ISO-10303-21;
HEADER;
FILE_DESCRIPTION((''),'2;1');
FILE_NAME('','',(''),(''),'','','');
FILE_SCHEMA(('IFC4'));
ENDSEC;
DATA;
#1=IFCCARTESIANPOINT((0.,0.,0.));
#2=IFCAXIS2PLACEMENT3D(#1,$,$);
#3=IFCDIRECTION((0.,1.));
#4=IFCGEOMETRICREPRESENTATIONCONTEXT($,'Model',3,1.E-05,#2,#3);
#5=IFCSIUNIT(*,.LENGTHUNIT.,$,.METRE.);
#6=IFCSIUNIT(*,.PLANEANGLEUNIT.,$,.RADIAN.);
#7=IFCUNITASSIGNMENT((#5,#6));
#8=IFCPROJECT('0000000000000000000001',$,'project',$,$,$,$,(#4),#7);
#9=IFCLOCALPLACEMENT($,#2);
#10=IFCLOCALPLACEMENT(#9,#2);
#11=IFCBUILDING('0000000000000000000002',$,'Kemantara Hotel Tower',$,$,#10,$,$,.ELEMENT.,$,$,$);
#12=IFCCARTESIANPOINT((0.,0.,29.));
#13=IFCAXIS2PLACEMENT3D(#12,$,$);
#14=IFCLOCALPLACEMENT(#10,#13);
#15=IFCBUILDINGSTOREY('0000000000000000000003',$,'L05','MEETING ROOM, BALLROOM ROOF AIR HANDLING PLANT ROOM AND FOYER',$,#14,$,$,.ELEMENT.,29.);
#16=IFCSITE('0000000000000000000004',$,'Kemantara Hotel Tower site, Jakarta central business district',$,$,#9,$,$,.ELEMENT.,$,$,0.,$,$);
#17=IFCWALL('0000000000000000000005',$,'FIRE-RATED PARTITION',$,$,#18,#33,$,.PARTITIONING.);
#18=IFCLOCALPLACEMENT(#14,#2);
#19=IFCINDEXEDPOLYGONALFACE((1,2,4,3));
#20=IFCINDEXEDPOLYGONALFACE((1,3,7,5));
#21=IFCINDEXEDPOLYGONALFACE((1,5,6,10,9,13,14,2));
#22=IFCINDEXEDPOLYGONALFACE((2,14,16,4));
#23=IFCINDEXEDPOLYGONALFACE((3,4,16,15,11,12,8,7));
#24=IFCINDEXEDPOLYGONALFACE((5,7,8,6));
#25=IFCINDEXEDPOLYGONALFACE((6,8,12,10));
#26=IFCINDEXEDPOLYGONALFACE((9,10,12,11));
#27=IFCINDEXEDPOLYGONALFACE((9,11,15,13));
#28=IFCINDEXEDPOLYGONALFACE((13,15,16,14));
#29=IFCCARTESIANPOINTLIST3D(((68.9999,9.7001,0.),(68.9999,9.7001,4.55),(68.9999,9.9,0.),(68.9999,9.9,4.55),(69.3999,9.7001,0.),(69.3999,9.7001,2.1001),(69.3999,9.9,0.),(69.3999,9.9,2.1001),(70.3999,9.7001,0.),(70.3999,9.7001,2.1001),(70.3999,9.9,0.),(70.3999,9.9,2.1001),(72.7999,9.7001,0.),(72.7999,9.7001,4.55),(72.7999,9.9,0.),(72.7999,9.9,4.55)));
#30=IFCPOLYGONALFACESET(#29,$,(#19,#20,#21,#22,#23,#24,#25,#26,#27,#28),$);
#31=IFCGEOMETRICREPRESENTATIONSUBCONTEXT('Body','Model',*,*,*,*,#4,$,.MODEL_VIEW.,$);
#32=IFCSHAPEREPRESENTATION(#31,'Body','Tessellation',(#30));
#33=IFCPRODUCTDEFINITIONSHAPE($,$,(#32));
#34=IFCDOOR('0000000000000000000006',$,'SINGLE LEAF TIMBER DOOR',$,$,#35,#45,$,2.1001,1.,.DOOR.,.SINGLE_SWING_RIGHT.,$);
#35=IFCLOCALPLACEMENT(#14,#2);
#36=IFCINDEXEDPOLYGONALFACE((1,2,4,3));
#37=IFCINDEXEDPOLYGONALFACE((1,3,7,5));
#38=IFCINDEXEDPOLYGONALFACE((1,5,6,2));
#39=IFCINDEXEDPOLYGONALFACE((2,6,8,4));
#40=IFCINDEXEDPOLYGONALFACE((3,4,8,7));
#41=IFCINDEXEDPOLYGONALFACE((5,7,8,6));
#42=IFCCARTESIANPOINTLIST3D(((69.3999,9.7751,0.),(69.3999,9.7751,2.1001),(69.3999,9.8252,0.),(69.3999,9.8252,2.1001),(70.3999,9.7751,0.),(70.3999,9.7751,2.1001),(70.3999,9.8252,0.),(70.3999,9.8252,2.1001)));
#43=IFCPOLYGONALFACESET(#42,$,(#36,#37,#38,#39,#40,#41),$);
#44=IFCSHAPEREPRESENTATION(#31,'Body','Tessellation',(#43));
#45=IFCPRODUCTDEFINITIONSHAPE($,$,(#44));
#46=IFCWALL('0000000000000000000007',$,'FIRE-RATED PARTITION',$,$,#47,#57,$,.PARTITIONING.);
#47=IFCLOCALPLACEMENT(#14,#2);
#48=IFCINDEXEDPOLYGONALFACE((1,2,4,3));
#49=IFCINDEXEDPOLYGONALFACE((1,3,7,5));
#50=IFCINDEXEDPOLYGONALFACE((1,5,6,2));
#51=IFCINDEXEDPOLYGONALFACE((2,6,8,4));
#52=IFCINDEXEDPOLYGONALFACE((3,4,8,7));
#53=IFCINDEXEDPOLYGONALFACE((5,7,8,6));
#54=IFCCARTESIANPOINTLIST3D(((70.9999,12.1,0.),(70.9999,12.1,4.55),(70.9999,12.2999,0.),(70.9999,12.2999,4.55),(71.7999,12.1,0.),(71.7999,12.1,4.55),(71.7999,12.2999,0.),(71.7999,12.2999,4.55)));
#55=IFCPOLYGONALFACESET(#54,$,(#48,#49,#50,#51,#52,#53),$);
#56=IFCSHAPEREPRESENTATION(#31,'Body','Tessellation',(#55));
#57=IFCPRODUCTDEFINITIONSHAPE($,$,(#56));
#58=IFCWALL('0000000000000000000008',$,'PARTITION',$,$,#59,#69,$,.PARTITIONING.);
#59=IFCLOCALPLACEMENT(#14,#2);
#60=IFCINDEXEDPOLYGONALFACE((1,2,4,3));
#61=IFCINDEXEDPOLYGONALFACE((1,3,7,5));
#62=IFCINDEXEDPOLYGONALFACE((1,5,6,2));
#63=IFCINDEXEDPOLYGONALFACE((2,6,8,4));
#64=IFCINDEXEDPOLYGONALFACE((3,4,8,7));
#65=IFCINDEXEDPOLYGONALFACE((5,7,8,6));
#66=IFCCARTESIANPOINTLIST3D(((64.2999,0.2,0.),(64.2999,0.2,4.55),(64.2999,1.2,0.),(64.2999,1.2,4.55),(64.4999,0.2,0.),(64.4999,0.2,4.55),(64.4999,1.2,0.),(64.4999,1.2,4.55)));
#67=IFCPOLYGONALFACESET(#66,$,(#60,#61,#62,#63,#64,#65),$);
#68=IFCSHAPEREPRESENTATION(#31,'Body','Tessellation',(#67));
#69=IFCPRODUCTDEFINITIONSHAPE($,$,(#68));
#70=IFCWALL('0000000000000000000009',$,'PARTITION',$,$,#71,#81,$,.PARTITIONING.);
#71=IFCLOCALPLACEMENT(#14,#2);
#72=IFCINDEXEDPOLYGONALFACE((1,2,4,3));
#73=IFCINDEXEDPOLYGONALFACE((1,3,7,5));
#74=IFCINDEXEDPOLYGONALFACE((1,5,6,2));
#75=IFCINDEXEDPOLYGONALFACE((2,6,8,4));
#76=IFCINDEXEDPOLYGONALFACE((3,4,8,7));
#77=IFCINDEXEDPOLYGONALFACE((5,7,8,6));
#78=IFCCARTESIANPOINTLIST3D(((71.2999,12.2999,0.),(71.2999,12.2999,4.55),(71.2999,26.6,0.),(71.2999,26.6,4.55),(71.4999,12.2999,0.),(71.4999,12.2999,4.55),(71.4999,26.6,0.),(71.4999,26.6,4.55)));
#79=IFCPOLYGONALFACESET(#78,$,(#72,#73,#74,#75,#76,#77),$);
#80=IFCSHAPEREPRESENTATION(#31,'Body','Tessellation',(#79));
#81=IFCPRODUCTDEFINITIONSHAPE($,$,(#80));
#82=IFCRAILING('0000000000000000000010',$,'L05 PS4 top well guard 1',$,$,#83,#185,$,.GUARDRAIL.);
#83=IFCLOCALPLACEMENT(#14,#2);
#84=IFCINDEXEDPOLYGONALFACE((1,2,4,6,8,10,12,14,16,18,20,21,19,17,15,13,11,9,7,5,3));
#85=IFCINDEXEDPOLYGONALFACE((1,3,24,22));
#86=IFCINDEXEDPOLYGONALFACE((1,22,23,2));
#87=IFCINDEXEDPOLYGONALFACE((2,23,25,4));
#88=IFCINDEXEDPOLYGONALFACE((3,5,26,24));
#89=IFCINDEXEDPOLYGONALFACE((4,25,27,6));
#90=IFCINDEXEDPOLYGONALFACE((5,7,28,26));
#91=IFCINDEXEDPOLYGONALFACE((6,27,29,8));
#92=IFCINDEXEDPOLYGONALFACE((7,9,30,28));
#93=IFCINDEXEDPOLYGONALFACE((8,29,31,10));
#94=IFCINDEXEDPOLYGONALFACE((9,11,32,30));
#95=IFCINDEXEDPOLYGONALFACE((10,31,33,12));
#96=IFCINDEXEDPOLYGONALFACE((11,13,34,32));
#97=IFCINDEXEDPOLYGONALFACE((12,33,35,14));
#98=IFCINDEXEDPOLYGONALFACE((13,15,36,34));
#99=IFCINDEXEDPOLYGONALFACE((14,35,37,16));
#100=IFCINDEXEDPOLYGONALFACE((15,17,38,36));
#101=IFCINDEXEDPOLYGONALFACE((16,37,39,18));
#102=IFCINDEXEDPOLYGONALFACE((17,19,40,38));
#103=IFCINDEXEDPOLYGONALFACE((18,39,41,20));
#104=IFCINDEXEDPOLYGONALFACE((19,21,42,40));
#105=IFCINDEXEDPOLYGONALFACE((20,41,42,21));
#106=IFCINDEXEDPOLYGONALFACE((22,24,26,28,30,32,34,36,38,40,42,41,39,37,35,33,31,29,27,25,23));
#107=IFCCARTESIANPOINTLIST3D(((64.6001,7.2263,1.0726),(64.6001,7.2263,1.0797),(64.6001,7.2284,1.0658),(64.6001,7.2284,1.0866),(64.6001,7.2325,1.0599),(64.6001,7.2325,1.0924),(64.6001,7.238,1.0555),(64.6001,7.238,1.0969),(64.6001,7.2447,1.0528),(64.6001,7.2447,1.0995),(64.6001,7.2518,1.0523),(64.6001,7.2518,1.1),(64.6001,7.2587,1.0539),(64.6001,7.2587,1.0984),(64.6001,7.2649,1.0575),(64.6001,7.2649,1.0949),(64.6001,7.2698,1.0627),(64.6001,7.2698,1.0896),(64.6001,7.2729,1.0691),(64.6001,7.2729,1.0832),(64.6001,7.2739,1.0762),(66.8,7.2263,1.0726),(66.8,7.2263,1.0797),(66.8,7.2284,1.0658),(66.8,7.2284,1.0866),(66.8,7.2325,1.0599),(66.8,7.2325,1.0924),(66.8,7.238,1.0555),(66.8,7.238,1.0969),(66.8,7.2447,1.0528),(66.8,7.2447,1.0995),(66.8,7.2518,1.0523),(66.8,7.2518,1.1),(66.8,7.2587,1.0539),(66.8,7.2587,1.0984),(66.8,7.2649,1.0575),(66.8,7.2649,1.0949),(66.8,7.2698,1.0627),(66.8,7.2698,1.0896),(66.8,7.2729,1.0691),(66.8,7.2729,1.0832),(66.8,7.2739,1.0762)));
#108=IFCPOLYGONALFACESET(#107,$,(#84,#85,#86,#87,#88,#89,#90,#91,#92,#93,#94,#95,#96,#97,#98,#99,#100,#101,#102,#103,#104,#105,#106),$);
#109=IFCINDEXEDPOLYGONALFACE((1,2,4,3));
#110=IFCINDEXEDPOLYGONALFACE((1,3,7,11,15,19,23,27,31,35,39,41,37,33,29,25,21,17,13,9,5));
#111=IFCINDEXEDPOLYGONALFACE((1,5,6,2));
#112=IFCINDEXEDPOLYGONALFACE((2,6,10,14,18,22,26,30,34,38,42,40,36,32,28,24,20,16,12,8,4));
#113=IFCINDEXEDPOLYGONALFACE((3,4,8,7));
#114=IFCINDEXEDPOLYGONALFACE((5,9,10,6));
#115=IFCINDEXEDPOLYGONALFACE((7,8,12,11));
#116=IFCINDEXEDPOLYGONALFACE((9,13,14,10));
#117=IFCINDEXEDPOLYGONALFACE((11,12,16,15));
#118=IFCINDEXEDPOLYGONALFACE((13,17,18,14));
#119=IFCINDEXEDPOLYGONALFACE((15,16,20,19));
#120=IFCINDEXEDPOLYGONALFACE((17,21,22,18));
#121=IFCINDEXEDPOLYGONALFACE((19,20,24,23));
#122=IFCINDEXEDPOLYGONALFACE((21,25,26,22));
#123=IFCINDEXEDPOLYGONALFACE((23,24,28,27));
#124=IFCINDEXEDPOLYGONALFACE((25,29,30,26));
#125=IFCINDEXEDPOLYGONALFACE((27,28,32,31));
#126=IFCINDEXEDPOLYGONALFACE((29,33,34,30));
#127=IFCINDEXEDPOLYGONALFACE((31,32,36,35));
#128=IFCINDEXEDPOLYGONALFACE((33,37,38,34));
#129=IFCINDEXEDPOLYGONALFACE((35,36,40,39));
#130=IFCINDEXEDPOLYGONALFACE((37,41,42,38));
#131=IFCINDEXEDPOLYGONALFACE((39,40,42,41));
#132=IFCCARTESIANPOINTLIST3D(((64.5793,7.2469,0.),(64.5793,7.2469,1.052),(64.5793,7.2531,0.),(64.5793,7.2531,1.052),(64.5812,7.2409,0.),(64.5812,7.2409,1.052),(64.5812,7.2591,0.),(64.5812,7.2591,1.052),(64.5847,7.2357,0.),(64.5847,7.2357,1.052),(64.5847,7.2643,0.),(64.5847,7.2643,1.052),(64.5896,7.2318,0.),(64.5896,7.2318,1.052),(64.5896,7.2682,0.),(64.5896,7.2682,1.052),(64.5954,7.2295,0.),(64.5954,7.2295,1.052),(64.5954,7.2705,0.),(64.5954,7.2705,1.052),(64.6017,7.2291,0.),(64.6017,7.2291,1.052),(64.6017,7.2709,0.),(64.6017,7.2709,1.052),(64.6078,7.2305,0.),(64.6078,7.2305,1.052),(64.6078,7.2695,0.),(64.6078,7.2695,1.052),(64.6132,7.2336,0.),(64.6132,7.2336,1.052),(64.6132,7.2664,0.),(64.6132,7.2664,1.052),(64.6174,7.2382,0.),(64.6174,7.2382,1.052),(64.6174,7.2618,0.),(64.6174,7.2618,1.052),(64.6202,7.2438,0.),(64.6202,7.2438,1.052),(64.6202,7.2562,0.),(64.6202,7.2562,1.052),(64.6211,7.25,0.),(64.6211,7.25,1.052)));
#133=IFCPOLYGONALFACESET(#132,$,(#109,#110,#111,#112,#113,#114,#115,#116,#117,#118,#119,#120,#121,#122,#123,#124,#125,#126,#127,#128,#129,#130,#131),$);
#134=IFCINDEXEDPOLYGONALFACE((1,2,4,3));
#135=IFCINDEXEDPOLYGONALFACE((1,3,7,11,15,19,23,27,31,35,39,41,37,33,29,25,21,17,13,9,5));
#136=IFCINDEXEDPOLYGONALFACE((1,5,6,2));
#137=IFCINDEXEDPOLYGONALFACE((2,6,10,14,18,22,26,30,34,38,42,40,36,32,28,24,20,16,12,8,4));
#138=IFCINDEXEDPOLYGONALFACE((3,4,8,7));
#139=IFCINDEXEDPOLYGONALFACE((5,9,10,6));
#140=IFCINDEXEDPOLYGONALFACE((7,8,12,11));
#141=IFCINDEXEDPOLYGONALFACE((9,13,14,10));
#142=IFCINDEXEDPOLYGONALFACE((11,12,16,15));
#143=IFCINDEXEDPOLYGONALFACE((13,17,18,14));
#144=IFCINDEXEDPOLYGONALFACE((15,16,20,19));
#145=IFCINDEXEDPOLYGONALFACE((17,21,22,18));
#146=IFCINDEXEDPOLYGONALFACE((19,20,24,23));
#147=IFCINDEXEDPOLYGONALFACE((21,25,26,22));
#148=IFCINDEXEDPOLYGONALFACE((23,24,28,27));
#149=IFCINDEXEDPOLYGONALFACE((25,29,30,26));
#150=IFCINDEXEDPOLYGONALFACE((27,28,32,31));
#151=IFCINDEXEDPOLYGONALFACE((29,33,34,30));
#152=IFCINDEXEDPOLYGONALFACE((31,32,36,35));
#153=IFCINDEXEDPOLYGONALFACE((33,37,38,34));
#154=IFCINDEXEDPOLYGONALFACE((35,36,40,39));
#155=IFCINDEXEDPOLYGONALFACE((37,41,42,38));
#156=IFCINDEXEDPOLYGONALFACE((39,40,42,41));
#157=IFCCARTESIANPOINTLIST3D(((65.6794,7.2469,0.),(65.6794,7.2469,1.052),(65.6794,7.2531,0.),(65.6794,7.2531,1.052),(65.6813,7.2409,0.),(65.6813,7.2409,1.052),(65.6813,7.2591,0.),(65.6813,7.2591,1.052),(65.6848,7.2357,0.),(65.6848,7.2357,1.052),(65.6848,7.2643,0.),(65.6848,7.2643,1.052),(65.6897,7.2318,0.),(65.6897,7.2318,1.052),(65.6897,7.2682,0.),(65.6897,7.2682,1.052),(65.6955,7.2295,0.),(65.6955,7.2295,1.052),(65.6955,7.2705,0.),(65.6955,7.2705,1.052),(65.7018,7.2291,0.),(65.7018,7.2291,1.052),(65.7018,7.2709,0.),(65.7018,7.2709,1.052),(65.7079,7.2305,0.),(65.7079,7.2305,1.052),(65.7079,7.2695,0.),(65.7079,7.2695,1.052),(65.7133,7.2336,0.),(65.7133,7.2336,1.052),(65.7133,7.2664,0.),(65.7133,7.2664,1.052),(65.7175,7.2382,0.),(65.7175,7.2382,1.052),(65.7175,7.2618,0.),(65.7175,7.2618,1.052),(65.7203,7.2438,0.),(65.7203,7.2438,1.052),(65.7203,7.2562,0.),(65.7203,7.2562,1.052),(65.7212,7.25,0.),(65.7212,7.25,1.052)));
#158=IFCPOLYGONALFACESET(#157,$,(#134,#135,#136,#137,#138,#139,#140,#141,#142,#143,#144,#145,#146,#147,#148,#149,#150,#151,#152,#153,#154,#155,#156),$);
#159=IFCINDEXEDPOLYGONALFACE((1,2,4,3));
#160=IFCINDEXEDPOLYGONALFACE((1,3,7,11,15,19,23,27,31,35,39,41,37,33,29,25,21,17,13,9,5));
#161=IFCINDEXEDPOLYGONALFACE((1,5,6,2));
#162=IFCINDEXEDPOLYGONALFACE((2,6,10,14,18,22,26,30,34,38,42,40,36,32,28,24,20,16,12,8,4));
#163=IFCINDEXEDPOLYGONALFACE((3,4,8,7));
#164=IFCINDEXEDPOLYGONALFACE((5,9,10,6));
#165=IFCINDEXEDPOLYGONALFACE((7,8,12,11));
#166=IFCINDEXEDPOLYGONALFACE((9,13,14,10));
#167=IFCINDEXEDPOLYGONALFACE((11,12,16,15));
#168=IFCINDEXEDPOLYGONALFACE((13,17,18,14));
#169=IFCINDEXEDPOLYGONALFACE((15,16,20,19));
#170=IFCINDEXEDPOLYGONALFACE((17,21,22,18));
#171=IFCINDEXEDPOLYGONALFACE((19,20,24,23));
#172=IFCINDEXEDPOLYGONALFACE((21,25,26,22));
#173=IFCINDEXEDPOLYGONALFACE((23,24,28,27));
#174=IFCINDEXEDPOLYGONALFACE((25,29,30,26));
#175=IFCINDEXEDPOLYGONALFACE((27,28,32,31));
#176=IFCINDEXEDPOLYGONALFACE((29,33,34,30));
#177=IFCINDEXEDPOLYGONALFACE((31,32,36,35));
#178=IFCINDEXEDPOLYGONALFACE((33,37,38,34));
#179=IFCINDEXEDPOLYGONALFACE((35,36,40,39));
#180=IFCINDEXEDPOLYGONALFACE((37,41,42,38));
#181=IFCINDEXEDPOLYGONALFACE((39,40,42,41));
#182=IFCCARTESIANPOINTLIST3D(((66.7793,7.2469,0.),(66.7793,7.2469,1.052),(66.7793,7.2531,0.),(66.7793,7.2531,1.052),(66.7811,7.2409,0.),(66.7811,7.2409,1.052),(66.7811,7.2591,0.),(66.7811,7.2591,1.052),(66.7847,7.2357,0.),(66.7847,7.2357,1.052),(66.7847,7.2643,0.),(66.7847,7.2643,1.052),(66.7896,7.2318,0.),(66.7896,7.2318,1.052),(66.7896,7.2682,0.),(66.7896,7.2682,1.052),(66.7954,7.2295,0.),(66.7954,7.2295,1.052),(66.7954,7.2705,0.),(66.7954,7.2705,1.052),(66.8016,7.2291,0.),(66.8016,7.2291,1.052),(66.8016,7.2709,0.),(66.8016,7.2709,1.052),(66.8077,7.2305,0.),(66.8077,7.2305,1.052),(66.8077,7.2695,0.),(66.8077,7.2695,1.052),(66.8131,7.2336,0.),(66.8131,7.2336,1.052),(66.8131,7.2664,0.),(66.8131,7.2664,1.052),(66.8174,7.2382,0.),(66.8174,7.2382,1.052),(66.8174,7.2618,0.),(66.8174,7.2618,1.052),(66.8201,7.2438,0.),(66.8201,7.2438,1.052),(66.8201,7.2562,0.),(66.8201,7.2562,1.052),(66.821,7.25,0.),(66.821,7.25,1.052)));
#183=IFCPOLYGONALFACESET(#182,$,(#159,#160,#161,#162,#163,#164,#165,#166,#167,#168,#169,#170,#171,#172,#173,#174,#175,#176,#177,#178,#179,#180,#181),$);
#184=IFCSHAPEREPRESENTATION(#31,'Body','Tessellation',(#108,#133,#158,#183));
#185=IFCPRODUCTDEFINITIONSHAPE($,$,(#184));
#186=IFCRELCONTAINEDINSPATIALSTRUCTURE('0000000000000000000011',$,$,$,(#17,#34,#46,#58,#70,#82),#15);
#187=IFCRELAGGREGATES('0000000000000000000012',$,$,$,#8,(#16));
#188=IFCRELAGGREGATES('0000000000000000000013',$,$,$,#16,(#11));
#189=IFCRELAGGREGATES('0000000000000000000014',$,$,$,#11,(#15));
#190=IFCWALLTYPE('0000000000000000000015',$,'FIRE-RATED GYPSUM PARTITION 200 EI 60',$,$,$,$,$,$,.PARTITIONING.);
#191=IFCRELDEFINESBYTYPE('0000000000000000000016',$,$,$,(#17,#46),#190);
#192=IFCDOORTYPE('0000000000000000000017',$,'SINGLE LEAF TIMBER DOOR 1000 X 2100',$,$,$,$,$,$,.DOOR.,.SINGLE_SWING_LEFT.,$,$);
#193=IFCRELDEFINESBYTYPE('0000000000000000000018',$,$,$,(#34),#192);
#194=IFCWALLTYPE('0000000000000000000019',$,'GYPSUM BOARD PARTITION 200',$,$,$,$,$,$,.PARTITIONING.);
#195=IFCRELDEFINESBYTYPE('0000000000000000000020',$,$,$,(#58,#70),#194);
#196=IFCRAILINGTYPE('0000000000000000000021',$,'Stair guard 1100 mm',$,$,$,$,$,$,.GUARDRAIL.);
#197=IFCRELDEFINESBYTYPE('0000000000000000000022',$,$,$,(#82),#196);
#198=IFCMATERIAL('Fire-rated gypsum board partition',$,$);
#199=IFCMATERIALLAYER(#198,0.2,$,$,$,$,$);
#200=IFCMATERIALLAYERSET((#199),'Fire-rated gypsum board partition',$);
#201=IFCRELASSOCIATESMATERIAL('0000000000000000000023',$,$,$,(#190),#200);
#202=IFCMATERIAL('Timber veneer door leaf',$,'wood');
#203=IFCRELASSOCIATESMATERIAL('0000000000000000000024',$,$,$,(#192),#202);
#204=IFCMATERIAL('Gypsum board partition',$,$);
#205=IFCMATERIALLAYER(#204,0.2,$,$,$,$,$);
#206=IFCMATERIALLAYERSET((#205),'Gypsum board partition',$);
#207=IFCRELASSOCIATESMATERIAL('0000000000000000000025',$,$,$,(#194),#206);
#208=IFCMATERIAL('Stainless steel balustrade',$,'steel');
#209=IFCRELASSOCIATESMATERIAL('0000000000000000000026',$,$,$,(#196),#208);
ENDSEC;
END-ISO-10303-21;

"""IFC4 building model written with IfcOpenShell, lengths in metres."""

from ifc_helpers import new_model, si_unit, direction, frame, frame_2d, origin, origin_2d, place, context, subcontext, project, spatial, rectangle, circle, extrude, material, layer, layer_set, type_object, element, fill, save


model = new_model("IFC4")

# Units and contexts
model_context = context("Model", 3, precision=1e-05, world=origin(), true_north=direction((0.0, 1.0)))
body_context = subcontext(model_context, "Body", "Model", "MODEL_VIEW")
ifc_project = project(units=[si_unit("LENGTHUNIT", "METRE"), si_unit("PLANEANGLEUNIT", "RADIAN")], contexts=[model_context])

# Site, building, storey
site_placement = place(None, origin())
site = spatial("IfcSite", under=ifc_project, at=site_placement, Name="Kemantara Hotel Tower site, Jakarta central business district", CompositionType="ELEMENT", RefElevation=0.0)
building_placement = place(site_placement, origin())
building = spatial("IfcBuilding", under=site, at=building_placement, Name="Kemantara Hotel Tower", CompositionType="ELEMENT")
storey_placement = place(building_placement, frame((0.0, 0.0, 29.0)))
storey = spatial("IfcBuildingStorey", under=building, at=storey_placement, Name="L05", Description="MEETING ROOM, BALLROOM ROOF AIR HANDLING PLANT ROOM AND FOYER", CompositionType="ELEMENT", Elevation=29.0)

# Wall, opening, door
ifc_material_1 = material(Name="Fire-rated gypsum board partition")
ifc_layer_1 = layer(ifc_material_1, 0.2)
ifc_layer_set_1 = layer_set([ifc_layer_1], Name="Fire-rated gypsum board partition")
wall_type_1 = type_object("IfcWallType", Name="FIRE-RATED GYPSUM PARTITION 200 EI 60", PredefinedType="PARTITIONING", material=ifc_layer_set_1)
wall_1_placement = place(storey_placement, frame((69.0, 9.8, 0.0), z_axis=(0.0, 0.0, 1.0), x_axis=(1.0, 0.0, 0.0)))
wall_1 = element("IfcWall", 1, at=wall_1_placement, inside=storey, type_object=wall_type_1, Name="FIRE-RATED PARTITION", PredefinedType="PARTITIONING", context=body_context, shape_type="SweptSolid", body=[
    extrude(rectangle(XDim=3.8, YDim=0.2, at=frame_2d((1.8999, 0.0))), origin(), (0.0, 0.0, 1.0), 4.55),
])
opening_1_placement = place(wall_1_placement, frame((0.3999, 0.0, 0.0)))
opening_1 = element("IfcOpeningElement", 2, at=opening_1_placement, cuts=wall_1, PredefinedType="OPENING", context=body_context, shape_type="SweptSolid", body=[
    extrude(rectangle(XDim=1.0, YDim=2.1001, at=frame_2d((0.5, 1.05))), frame((0.0, 0.1099, 0.0), z_axis=(0.0, -1.0, 0.0), x_axis=(1.0, 0.0, 0.0)), (0.0, 0.0, 1.0), 0.22),
])
ifc_material_2 = material(Name="Timber veneer door leaf", Category="wood")
door_type_1 = type_object("IfcDoorType", Name="SINGLE LEAF TIMBER DOOR 1000 X 2100", OperationType="SINGLE_SWING_LEFT", PredefinedType="DOOR", material=ifc_material_2)
door_1_placement = place(opening_1_placement, frame((1.0, 0.0, 0.0), z_axis=(0.0, 0.0, 1.0), x_axis=(-1.0, 0.0, 0.0)))
door_1 = element("IfcDoor", 3, at=door_1_placement, inside=storey, type_object=door_type_1, Name="SINGLE LEAF TIMBER DOOR", OperationType="SINGLE_SWING_RIGHT", OverallHeight=2.1001, OverallWidth=1.0, PredefinedType="DOOR", context=body_context, shape_type="SweptSolid", body=[
    extrude(rectangle(XDim=1.0, YDim=2.1001, at=frame_2d((0.5, 1.05))), frame((0.0, 0.0249, 0.0), z_axis=(0.0, -1.0, 0.0), x_axis=(1.0, 0.0, 0.0)), (0.0, 0.0, 1.0), 0.05),
])
fill(opening_1, door_1)

# Walls
wall_2_placement = place(storey_placement, frame((71.0, 12.2, 0.0), z_axis=(0.0, 0.0, 1.0), x_axis=(1.0, 0.0, 0.0)))
element("IfcWall", 4, at=wall_2_placement, inside=storey, type_object=wall_type_1, Name="FIRE-RATED PARTITION", PredefinedType="PARTITIONING", context=body_context, shape_type="SweptSolid", body=[
    extrude(rectangle(XDim=0.8, YDim=0.2, at=frame_2d((0.3999, 0.0))), origin(), (0.0, 0.0, 1.0), 4.55),
])
ifc_material_3 = material(Name="Gypsum board partition")
ifc_layer_2 = layer(ifc_material_3, 0.2)
ifc_layer_set_2 = layer_set([ifc_layer_2], Name="Gypsum board partition")
wall_type_2 = type_object("IfcWallType", Name="GYPSUM BOARD PARTITION 200", PredefinedType="PARTITIONING", material=ifc_layer_set_2)
wall_3_placement = place(storey_placement, frame((64.3999, 0.2, 0.0), z_axis=(0.0, 0.0, 1.0), x_axis=(0.0, 1.0, 0.0)))
element("IfcWall", 5, at=wall_3_placement, inside=storey, type_object=wall_type_2, Name="PARTITION", PredefinedType="PARTITIONING", context=body_context, shape_type="SweptSolid", body=[
    extrude(rectangle(XDim=1.0, YDim=0.2, at=frame_2d((0.5, 0.0))), origin(), (0.0, 0.0, 1.0), 4.55),
])
wall_4_placement = place(storey_placement, frame((71.3999, 12.3, 0.0), z_axis=(0.0, 0.0, 1.0), x_axis=(0.0, 1.0, 0.0)))
element("IfcWall", 6, at=wall_4_placement, inside=storey, type_object=wall_type_2, Name="PARTITION", PredefinedType="PARTITIONING", context=body_context, shape_type="SweptSolid", body=[
    extrude(rectangle(XDim=14.3, YDim=0.2, at=frame_2d((7.1499, 0.0))), origin(), (0.0, 0.0, 1.0), 4.55),
])

# Railing
ifc_material_4 = material(Name="Stainless steel balustrade", Category="steel")
railing_type = type_object("IfcRailingType", Name="Stair guard 1100 mm", PredefinedType="GUARDRAIL", material=ifc_material_4)
railing_placement = place(storey_placement, frame((64.6001, 7.25, 0.0)))
element("IfcRailing", 7, at=railing_placement, inside=storey, type_object=railing_type, Name="L05 PS4 top well guard 1", PredefinedType="GUARDRAIL", context=body_context, shape_type="SweptSolid", body=[
    extrude(circle(Radius=0.0239, at=origin_2d()), frame((0.0, 0.0, 1.0762), z_axis=(1.0, 0.0, 0.0), x_axis=(0.0, 1.0, 0.0)), (0.0, 0.0, 1.0), 2.2),
    extrude(circle(Radius=0.021, at=origin_2d()), origin(), (0.0, 0.0, 1.0), 1.052),
    extrude(circle(Radius=0.021, at=origin_2d()), frame((1.1001, 0.0, 0.0)), (0.0, 0.0, 1.0), 1.052),
    extrude(circle(Radius=0.021, at=origin_2d()), frame((2.2, 0.0, 0.0)), (0.0, 0.0, 1.0), 1.052),
])

save(model, "model.ifc")
